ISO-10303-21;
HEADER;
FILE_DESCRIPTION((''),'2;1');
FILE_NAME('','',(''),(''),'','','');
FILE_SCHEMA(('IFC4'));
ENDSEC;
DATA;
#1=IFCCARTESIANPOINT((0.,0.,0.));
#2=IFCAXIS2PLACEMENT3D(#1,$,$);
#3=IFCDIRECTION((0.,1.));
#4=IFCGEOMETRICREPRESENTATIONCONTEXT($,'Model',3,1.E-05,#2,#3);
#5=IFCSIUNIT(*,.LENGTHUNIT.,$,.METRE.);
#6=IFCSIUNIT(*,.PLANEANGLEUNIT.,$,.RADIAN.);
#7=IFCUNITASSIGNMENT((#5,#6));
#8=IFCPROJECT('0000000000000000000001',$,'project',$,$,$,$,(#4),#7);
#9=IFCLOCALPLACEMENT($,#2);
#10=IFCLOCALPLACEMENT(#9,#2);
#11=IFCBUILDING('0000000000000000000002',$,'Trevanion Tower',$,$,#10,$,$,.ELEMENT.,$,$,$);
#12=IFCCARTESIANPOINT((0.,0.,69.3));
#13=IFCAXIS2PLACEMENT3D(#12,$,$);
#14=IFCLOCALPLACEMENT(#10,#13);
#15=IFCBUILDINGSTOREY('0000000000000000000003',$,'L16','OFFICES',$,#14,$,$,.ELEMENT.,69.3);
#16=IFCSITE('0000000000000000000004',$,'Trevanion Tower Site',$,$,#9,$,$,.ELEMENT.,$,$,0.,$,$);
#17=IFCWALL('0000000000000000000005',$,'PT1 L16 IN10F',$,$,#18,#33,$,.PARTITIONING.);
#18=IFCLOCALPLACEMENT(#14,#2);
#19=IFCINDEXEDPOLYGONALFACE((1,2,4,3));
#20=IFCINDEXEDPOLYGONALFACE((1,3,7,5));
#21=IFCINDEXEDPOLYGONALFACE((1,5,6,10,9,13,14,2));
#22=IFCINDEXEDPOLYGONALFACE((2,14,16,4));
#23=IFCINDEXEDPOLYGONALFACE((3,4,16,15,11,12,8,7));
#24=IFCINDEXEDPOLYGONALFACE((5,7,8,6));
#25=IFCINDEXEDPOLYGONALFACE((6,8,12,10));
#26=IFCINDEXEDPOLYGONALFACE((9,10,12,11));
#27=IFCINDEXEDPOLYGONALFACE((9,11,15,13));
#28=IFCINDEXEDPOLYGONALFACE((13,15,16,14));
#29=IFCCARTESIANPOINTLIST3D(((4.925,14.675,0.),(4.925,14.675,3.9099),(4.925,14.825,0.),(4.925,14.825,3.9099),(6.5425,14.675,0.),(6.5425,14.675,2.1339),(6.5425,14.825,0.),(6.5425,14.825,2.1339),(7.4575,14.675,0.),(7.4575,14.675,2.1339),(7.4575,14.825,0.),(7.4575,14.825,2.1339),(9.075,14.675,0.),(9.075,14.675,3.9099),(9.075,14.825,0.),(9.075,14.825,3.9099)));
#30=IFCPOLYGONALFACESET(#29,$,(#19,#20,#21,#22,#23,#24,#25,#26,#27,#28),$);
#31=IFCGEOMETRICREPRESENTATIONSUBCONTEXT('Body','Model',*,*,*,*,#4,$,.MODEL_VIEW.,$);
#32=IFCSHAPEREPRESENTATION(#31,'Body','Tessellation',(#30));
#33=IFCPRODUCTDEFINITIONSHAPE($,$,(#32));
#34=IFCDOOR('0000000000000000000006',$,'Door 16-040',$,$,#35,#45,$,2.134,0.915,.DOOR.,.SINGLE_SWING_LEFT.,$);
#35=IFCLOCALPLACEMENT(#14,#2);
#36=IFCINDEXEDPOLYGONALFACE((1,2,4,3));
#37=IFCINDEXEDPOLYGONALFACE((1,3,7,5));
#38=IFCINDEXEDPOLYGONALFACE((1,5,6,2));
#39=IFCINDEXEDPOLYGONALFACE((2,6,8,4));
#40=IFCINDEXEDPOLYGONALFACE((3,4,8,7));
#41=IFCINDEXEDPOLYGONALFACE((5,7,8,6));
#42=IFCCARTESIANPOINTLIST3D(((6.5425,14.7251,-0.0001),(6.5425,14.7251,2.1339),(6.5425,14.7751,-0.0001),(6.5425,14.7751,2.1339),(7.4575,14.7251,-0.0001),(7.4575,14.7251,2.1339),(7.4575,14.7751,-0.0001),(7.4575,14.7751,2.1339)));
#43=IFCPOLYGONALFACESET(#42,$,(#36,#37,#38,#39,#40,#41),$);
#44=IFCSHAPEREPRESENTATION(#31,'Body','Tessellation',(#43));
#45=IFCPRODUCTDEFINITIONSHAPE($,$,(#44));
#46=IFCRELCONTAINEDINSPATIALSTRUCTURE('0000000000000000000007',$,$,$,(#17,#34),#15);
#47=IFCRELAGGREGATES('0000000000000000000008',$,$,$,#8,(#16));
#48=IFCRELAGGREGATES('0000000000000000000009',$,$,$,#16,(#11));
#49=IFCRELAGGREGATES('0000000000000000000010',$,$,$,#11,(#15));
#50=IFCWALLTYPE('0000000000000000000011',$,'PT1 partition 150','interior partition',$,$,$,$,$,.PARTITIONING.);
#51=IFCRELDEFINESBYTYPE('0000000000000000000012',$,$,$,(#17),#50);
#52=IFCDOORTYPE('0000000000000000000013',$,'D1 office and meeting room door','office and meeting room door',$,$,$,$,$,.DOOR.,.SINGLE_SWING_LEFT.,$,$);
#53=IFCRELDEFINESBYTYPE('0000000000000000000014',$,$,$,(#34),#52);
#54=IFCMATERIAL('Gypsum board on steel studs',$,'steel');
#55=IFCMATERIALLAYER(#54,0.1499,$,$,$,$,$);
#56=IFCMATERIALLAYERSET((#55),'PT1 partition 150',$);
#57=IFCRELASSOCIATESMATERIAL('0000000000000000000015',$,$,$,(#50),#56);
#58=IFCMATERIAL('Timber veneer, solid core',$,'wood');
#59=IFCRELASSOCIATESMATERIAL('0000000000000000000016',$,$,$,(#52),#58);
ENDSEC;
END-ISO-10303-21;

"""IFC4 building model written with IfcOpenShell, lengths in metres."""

from ifc_helpers import new_model, si_unit, direction, frame, frame_2d, origin, place, context, subcontext, project, spatial, rectangle, extrude, material, layer, layer_set, type_object, element, fill, save


model = new_model("IFC4")

# Units and contexts
model_context = context("Model", 3, precision=1e-05, world=origin(), true_north=direction((0.0, 1.0)))
body_context = subcontext(model_context, "Body", "Model", "MODEL_VIEW")
ifc_project = project(units=[si_unit("LENGTHUNIT", "METRE"), si_unit("PLANEANGLEUNIT", "RADIAN")], contexts=[model_context])

# Site, building, storey
site_placement = place(None, origin())
site = spatial("IfcSite", under=ifc_project, at=site_placement, Name="Trevanion Tower Site", CompositionType="ELEMENT", RefElevation=0.0)
building_placement = place(site_placement, origin())
building = spatial("IfcBuilding", under=site, at=building_placement, Name="Trevanion Tower", CompositionType="ELEMENT")
storey_placement = place(building_placement, frame((0.0, 0.0, 69.3)))
storey = spatial("IfcBuildingStorey", under=building, at=storey_placement, Name="L16", Description="OFFICES", CompositionType="ELEMENT", Elevation=69.3)

# Shared definitions
ifc_material_1 = material(Name="Gypsum board on steel studs", Category="steel")
ifc_layer_1 = layer(ifc_material_1, 0.1499)
ifc_layer_set_1 = layer_set([ifc_layer_1], Name="PT1 partition 150")
wall_type = type_object("IfcWallType", Name="PT1 partition 150", Description="interior partition", PredefinedType="PARTITIONING", material=ifc_layer_set_1)
ifc_material_2 = material(Name="Timber veneer, solid core", Category="wood")
door_type = type_object("IfcDoorType", Name="D1 office and meeting room door", Description="office and meeting room door", OperationType="SINGLE_SWING_LEFT", PredefinedType="DOOR", material=ifc_material_2)

# Wall, opening, door
wall_1_placement = place(storey_placement, frame((9.075, 14.75, 0.0), z_axis=(0.0, 0.0, 1.0), x_axis=(-1.0, 0.0, 0.0)))
wall_1 = element("IfcWall", 1, at=wall_1_placement, inside=storey, type_object=wall_type, Name="PT1 L16 IN10F", PredefinedType="PARTITIONING", context=body_context, shape_type="SweptSolid", body=[
    extrude(rectangle(XDim=4.1499, YDim=0.1499, at=frame_2d((2.075, 0.0))), origin(), (0.0, 0.0, 1.0), 3.9099),
])
opening_1_placement = place(wall_1_placement, frame((1.6174, 0.0, 0.0)))
opening_1 = element("IfcOpeningElement", 2, at=opening_1_placement, cuts=wall_1, PredefinedType="OPENING", context=body_context, shape_type="SweptSolid", body=[
    extrude(rectangle(XDim=0.915, YDim=2.134, at=frame_2d((0.4575, 1.0669))), frame((0.0, 0.085, 0.0), z_axis=(0.0, -1.0, 0.0), x_axis=(1.0, 0.0, 0.0)), (0.0, 0.0, 1.0), 0.1699),
])
door_1_placement = place(opening_1_placement, origin())
door_1 = element("IfcDoor", 3, at=door_1_placement, inside=storey, type_object=door_type, Name="Door 16-040", OperationType="SINGLE_SWING_LEFT", OverallHeight=2.134, OverallWidth=0.915, PredefinedType="DOOR", context=body_context, shape_type="SweptSolid", body=[
    extrude(rectangle(XDim=0.915, YDim=2.134, at=frame_2d((0.4575, 1.0669))), frame((0.0, 0.0249, 0.0), z_axis=(0.0, -1.0, 0.0), x_axis=(1.0, 0.0, 0.0)), (0.0, 0.0, 1.0), 0.05),
])
fill(opening_1, door_1)

save(model, "model.ifc")
